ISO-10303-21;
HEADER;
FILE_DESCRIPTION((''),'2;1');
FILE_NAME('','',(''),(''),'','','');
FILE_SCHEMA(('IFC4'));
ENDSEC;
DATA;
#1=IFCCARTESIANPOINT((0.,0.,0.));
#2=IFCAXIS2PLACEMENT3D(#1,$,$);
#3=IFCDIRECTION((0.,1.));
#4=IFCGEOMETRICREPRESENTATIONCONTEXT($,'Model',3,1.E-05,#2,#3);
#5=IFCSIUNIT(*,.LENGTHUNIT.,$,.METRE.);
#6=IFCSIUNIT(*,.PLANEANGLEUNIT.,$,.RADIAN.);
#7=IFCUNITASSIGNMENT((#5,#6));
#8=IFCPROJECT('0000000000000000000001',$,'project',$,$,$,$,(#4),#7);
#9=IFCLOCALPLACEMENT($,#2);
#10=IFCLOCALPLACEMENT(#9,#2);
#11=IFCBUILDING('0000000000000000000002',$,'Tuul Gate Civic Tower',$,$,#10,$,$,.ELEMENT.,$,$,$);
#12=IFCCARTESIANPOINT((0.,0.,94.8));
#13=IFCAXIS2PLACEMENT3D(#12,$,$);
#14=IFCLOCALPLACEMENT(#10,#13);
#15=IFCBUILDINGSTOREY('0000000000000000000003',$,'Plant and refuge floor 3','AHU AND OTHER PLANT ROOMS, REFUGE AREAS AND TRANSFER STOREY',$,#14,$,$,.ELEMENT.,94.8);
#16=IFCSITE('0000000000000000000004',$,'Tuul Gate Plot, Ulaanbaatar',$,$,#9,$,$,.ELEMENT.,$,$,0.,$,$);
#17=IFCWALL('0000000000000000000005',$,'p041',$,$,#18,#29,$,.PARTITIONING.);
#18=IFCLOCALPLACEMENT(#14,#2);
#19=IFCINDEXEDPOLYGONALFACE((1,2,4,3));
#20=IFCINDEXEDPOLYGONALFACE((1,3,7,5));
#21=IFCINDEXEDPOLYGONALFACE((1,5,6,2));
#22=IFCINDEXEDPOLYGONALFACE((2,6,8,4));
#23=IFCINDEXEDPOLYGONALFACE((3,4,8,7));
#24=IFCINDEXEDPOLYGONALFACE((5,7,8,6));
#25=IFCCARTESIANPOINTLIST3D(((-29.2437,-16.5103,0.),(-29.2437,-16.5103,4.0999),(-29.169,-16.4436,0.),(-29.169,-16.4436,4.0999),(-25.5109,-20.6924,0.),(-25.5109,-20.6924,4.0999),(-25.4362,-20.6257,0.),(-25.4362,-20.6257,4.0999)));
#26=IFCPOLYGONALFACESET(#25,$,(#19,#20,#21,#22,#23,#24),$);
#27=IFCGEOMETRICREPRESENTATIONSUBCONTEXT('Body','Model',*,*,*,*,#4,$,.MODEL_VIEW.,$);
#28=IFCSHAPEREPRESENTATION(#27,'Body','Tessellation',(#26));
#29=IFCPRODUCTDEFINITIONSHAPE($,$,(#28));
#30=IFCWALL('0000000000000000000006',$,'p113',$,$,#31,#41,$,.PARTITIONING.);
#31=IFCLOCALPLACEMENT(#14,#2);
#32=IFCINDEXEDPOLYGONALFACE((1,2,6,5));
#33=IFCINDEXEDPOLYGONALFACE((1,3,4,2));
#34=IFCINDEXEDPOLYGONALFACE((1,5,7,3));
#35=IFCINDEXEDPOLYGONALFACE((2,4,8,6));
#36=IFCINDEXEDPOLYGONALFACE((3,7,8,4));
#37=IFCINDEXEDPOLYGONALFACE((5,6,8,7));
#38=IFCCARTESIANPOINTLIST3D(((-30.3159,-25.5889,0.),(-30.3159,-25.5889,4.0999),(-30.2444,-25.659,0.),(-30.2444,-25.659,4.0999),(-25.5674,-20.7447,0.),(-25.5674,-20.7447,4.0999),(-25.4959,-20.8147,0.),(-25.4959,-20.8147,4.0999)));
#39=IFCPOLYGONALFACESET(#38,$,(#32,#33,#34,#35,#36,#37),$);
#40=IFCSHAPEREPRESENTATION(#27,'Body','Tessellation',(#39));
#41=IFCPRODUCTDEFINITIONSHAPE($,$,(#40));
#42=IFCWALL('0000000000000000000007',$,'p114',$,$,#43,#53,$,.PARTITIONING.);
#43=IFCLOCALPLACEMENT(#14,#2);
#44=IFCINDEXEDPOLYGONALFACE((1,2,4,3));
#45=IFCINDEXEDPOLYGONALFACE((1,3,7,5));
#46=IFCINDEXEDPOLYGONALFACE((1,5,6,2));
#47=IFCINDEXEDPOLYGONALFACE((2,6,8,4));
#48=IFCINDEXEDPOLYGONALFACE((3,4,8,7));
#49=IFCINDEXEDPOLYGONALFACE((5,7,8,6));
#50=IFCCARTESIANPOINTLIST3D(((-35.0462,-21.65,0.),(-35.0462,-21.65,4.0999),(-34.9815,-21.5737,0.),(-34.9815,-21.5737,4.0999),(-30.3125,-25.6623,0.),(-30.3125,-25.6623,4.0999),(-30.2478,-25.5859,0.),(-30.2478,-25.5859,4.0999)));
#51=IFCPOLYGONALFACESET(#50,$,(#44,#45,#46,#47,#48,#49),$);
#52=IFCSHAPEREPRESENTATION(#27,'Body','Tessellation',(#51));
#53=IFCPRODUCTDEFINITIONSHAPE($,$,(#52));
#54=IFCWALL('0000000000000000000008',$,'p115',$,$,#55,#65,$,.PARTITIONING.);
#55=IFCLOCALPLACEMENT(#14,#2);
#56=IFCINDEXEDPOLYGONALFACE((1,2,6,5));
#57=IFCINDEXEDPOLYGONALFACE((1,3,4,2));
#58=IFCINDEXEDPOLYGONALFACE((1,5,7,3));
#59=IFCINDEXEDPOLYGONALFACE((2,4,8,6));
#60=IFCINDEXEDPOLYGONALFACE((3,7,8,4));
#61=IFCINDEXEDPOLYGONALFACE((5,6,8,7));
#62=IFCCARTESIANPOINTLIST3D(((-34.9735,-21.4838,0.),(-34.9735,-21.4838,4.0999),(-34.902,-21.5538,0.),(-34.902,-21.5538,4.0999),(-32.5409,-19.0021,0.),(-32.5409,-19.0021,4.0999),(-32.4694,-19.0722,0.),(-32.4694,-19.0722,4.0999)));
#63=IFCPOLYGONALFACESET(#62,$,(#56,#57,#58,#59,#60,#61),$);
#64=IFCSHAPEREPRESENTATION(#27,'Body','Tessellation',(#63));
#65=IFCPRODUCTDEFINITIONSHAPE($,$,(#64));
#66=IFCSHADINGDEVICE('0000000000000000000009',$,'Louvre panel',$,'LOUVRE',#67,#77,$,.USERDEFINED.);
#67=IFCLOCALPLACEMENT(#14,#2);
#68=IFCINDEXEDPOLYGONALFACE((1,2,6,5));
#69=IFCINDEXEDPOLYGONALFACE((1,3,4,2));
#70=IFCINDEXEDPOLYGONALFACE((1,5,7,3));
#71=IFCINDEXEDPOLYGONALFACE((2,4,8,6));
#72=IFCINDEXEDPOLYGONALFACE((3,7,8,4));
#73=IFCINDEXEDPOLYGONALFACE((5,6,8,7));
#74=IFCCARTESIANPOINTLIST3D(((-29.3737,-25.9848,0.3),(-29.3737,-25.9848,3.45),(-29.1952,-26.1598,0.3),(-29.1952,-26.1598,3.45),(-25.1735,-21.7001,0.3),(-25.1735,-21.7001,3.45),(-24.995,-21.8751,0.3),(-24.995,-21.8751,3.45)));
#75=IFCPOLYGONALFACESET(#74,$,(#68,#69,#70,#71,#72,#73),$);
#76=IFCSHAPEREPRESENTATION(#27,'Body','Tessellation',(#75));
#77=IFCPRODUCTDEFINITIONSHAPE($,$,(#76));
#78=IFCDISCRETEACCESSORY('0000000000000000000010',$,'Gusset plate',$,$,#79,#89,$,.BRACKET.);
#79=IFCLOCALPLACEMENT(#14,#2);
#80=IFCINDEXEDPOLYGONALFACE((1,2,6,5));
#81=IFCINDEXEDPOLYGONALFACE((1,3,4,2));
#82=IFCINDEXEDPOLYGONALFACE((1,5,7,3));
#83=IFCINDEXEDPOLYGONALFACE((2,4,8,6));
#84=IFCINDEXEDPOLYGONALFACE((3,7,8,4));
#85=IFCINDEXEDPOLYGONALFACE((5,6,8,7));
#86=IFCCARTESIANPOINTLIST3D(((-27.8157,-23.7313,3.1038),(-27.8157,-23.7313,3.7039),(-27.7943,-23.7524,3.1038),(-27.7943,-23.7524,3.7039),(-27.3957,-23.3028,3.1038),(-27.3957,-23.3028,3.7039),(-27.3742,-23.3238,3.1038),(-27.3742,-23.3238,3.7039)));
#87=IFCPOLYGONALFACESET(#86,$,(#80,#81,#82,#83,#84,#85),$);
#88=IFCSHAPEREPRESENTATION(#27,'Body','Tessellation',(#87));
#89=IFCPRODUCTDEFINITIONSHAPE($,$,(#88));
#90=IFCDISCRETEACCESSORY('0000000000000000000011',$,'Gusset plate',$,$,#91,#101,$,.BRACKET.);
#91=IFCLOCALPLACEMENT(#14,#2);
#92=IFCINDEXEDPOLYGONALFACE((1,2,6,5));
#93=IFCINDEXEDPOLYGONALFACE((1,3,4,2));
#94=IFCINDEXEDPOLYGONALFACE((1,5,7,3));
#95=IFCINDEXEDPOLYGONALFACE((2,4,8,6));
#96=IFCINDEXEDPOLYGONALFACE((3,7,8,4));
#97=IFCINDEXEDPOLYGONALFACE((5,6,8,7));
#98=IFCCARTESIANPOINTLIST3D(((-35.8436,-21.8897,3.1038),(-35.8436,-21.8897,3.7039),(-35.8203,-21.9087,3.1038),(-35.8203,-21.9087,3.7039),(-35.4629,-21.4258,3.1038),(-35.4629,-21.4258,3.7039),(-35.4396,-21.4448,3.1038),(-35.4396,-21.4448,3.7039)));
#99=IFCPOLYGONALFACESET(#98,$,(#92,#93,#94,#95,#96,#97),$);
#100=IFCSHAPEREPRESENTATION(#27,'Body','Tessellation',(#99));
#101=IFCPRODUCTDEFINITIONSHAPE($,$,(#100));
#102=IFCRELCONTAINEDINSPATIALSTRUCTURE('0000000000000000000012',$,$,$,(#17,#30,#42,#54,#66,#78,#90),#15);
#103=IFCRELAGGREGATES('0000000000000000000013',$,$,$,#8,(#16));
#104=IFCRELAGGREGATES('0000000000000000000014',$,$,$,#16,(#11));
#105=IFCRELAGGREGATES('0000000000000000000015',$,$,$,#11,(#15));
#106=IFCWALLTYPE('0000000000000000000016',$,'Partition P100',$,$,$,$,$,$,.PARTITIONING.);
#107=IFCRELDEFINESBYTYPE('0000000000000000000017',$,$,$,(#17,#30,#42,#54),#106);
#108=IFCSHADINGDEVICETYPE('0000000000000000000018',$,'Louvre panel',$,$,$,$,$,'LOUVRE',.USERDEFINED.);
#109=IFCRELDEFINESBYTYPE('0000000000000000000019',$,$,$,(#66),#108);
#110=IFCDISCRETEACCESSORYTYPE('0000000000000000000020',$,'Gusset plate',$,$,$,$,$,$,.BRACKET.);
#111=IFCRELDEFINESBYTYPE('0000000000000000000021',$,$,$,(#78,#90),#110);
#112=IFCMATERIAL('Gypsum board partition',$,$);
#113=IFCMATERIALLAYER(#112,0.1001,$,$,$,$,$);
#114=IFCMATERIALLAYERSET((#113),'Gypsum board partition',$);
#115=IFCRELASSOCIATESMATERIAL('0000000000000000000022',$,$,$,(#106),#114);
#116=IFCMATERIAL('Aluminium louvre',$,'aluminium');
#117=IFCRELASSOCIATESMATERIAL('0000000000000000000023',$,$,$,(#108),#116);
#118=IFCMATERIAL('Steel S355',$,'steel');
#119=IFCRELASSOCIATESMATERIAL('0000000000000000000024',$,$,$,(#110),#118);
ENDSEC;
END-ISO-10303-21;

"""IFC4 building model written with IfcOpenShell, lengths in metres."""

from ifc_helpers import new_model, si_unit, direction, frame, frame_2d, origin, origin_2d, place, context, subcontext, project, spatial, rectangle, extrude, material, layer, layer_set, type_object, element, save


model = new_model("IFC4")

# Units and contexts
model_context = context("Model", 3, precision=1e-05, world=origin(), true_north=direction((0.0, 1.0)))
body_context = subcontext(model_context, "Body", "Model", "MODEL_VIEW")
ifc_project = project(units=[si_unit("LENGTHUNIT", "METRE"), si_unit("PLANEANGLEUNIT", "RADIAN")], contexts=[model_context])

# Site, building, storey
site_placement = place(None, origin())
site = spatial("IfcSite", under=ifc_project, at=site_placement, Name="Tuul Gate Plot, Ulaanbaatar", CompositionType="ELEMENT", RefElevation=0.0)
building_placement = place(site_placement, origin())
building = spatial("IfcBuilding", under=site, at=building_placement, Name="Tuul Gate Civic Tower", CompositionType="ELEMENT")
storey_placement = place(building_placement, frame((0.0, 0.0, 94.8)))
storey = spatial("IfcBuildingStorey", under=building, at=storey_placement, Name="Plant and refuge floor 3", Description="AHU AND OTHER PLANT ROOMS, REFUGE AREAS AND TRANSFER STOREY", CompositionType="ELEMENT", Elevation=94.8)

# Walls
ifc_material_1 = material(Name="Gypsum board partition")
ifc_layer_1 = layer(ifc_material_1, 0.1001)
ifc_layer_set_1 = layer_set([ifc_layer_1], Name="Gypsum board partition")
wall_type_1 = type_object("IfcWallType", Name="Partition P100", PredefinedType="PARTITIONING", material=ifc_layer_set_1)
wall_1_placement = place(storey_placement, frame((-29.2063, -16.4771, 0.0), z_axis=(0.0, 0.0, 1.0), x_axis=(0.665903, -0.746038, 0.0)))
element("IfcWall", 1, at=wall_1_placement, inside=storey, type_object=wall_type_1, Name="p041", PredefinedType="PARTITIONING", context=body_context, shape_type="SweptSolid", body=[
    extrude(rectangle(XDim=5.6057, YDim=0.1001, at=frame_2d((2.8027, 0.0))), origin(), (0.0, 0.0, 1.0), 4.0999),
])
wall_2_placement = place(storey_placement, frame((-25.5317, -20.7798, 0.0), z_axis=(0.0, 0.0, 1.0), x_axis=(-0.700017, -0.714126, 0.0)))
element("IfcWall", 2, at=wall_2_placement, inside=storey, type_object=wall_type_1, Name="p113", PredefinedType="PARTITIONING", context=body_context, shape_type="SweptSolid", body=[
    extrude(rectangle(XDim=6.7834, YDim=0.1001, at=frame_2d((3.3916, 0.0))), origin(), (0.0, 0.0, 1.0), 4.0999),
])
wall_3_placement = place(storey_placement, frame((-30.2803, -25.624, 0.0), z_axis=(0.0, 0.0, 1.0), x_axis=(-0.762844, 0.646582, 0.0)))
element("IfcWall", 3, at=wall_3_placement, inside=storey, type_object=wall_type_1, Name="p114", PredefinedType="PARTITIONING", context=body_context, shape_type="SweptSolid", body=[
    extrude(rectangle(XDim=6.2053, YDim=0.1001, at=frame_2d((3.1025, 0.0))), origin(), (0.0, 0.0, 1.0), 4.0999),
])
wall_4_placement = place(storey_placement, frame((-34.9377, -21.5188, 0.0), z_axis=(0.0, 0.0, 1.0), x_axis=(0.700011, 0.714132, 0.0)))
element("IfcWall", 4, at=wall_4_placement, inside=storey, type_object=wall_type_1, Name="p115", PredefinedType="PARTITIONING", context=body_context, shape_type="SweptSolid", body=[
    extrude(rectangle(XDim=3.4751, YDim=0.1001, at=frame_2d((1.7375, 0.0))), origin(), (0.0, 0.0, 1.0), 4.0999),
])

# Shading device
ifc_material_2 = material(Name="Aluminium louvre", Category="aluminium")
shading_device_type = type_object("IfcShadingDeviceType", Name="Louvre panel", ElementType="LOUVRE", PredefinedType="USERDEFINED", material=ifc_material_2)
shading_device_placement = place(storey_placement, frame((-27.1843, -23.9299, 0.3), z_axis=(0.0, 0.0, 1.0), x_axis=(0.714113, -0.70003, 0.0)))
element("IfcShadingDevice", 5, at=shading_device_placement, inside=storey, type_object=shading_device_type, Name="Louvre panel", ObjectType="LOUVRE", PredefinedType="USERDEFINED", context=body_context, shape_type="SweptSolid", body=[
    extrude(rectangle(XDim=0.25, YDim=6.0, at=origin_2d()), origin(), (0.0, 0.0, 1.0), 3.1499),
])

# Discrete accessories
ifc_material_3 = material(Name="Steel S355", Category="steel")
discrete_accessory_type = type_object("IfcDiscreteAccessoryType", Name="Gusset plate", PredefinedType="BRACKET", material=ifc_material_3)
for number, where, z_axis, x_axis, name in (
    (6, (-27.595, -23.5276, 3.1038), (0.0, 0.0, 1.0), (-0.700024, -0.714119, 0.0), "Gusset plate"),
    (7, (-35.6416, -21.6672, 3.1038), (0.0, 0.0, 1.0), (-0.6344, -0.773005, 0.0), "Gusset plate"),
):
    element("IfcDiscreteAccessory", number, at=place(storey_placement, frame(where, z_axis=z_axis, x_axis=x_axis)), inside=storey, type_object=discrete_accessory_type, Name=name, PredefinedType="BRACKET", context=body_context, shape_type="SweptSolid", body=[
        extrude(rectangle(XDim=0.6001, YDim=0.03, at=origin_2d()), origin(), (0.0, 0.0, 1.0), 0.6001),
    ])

save(model, "model.ifc")
